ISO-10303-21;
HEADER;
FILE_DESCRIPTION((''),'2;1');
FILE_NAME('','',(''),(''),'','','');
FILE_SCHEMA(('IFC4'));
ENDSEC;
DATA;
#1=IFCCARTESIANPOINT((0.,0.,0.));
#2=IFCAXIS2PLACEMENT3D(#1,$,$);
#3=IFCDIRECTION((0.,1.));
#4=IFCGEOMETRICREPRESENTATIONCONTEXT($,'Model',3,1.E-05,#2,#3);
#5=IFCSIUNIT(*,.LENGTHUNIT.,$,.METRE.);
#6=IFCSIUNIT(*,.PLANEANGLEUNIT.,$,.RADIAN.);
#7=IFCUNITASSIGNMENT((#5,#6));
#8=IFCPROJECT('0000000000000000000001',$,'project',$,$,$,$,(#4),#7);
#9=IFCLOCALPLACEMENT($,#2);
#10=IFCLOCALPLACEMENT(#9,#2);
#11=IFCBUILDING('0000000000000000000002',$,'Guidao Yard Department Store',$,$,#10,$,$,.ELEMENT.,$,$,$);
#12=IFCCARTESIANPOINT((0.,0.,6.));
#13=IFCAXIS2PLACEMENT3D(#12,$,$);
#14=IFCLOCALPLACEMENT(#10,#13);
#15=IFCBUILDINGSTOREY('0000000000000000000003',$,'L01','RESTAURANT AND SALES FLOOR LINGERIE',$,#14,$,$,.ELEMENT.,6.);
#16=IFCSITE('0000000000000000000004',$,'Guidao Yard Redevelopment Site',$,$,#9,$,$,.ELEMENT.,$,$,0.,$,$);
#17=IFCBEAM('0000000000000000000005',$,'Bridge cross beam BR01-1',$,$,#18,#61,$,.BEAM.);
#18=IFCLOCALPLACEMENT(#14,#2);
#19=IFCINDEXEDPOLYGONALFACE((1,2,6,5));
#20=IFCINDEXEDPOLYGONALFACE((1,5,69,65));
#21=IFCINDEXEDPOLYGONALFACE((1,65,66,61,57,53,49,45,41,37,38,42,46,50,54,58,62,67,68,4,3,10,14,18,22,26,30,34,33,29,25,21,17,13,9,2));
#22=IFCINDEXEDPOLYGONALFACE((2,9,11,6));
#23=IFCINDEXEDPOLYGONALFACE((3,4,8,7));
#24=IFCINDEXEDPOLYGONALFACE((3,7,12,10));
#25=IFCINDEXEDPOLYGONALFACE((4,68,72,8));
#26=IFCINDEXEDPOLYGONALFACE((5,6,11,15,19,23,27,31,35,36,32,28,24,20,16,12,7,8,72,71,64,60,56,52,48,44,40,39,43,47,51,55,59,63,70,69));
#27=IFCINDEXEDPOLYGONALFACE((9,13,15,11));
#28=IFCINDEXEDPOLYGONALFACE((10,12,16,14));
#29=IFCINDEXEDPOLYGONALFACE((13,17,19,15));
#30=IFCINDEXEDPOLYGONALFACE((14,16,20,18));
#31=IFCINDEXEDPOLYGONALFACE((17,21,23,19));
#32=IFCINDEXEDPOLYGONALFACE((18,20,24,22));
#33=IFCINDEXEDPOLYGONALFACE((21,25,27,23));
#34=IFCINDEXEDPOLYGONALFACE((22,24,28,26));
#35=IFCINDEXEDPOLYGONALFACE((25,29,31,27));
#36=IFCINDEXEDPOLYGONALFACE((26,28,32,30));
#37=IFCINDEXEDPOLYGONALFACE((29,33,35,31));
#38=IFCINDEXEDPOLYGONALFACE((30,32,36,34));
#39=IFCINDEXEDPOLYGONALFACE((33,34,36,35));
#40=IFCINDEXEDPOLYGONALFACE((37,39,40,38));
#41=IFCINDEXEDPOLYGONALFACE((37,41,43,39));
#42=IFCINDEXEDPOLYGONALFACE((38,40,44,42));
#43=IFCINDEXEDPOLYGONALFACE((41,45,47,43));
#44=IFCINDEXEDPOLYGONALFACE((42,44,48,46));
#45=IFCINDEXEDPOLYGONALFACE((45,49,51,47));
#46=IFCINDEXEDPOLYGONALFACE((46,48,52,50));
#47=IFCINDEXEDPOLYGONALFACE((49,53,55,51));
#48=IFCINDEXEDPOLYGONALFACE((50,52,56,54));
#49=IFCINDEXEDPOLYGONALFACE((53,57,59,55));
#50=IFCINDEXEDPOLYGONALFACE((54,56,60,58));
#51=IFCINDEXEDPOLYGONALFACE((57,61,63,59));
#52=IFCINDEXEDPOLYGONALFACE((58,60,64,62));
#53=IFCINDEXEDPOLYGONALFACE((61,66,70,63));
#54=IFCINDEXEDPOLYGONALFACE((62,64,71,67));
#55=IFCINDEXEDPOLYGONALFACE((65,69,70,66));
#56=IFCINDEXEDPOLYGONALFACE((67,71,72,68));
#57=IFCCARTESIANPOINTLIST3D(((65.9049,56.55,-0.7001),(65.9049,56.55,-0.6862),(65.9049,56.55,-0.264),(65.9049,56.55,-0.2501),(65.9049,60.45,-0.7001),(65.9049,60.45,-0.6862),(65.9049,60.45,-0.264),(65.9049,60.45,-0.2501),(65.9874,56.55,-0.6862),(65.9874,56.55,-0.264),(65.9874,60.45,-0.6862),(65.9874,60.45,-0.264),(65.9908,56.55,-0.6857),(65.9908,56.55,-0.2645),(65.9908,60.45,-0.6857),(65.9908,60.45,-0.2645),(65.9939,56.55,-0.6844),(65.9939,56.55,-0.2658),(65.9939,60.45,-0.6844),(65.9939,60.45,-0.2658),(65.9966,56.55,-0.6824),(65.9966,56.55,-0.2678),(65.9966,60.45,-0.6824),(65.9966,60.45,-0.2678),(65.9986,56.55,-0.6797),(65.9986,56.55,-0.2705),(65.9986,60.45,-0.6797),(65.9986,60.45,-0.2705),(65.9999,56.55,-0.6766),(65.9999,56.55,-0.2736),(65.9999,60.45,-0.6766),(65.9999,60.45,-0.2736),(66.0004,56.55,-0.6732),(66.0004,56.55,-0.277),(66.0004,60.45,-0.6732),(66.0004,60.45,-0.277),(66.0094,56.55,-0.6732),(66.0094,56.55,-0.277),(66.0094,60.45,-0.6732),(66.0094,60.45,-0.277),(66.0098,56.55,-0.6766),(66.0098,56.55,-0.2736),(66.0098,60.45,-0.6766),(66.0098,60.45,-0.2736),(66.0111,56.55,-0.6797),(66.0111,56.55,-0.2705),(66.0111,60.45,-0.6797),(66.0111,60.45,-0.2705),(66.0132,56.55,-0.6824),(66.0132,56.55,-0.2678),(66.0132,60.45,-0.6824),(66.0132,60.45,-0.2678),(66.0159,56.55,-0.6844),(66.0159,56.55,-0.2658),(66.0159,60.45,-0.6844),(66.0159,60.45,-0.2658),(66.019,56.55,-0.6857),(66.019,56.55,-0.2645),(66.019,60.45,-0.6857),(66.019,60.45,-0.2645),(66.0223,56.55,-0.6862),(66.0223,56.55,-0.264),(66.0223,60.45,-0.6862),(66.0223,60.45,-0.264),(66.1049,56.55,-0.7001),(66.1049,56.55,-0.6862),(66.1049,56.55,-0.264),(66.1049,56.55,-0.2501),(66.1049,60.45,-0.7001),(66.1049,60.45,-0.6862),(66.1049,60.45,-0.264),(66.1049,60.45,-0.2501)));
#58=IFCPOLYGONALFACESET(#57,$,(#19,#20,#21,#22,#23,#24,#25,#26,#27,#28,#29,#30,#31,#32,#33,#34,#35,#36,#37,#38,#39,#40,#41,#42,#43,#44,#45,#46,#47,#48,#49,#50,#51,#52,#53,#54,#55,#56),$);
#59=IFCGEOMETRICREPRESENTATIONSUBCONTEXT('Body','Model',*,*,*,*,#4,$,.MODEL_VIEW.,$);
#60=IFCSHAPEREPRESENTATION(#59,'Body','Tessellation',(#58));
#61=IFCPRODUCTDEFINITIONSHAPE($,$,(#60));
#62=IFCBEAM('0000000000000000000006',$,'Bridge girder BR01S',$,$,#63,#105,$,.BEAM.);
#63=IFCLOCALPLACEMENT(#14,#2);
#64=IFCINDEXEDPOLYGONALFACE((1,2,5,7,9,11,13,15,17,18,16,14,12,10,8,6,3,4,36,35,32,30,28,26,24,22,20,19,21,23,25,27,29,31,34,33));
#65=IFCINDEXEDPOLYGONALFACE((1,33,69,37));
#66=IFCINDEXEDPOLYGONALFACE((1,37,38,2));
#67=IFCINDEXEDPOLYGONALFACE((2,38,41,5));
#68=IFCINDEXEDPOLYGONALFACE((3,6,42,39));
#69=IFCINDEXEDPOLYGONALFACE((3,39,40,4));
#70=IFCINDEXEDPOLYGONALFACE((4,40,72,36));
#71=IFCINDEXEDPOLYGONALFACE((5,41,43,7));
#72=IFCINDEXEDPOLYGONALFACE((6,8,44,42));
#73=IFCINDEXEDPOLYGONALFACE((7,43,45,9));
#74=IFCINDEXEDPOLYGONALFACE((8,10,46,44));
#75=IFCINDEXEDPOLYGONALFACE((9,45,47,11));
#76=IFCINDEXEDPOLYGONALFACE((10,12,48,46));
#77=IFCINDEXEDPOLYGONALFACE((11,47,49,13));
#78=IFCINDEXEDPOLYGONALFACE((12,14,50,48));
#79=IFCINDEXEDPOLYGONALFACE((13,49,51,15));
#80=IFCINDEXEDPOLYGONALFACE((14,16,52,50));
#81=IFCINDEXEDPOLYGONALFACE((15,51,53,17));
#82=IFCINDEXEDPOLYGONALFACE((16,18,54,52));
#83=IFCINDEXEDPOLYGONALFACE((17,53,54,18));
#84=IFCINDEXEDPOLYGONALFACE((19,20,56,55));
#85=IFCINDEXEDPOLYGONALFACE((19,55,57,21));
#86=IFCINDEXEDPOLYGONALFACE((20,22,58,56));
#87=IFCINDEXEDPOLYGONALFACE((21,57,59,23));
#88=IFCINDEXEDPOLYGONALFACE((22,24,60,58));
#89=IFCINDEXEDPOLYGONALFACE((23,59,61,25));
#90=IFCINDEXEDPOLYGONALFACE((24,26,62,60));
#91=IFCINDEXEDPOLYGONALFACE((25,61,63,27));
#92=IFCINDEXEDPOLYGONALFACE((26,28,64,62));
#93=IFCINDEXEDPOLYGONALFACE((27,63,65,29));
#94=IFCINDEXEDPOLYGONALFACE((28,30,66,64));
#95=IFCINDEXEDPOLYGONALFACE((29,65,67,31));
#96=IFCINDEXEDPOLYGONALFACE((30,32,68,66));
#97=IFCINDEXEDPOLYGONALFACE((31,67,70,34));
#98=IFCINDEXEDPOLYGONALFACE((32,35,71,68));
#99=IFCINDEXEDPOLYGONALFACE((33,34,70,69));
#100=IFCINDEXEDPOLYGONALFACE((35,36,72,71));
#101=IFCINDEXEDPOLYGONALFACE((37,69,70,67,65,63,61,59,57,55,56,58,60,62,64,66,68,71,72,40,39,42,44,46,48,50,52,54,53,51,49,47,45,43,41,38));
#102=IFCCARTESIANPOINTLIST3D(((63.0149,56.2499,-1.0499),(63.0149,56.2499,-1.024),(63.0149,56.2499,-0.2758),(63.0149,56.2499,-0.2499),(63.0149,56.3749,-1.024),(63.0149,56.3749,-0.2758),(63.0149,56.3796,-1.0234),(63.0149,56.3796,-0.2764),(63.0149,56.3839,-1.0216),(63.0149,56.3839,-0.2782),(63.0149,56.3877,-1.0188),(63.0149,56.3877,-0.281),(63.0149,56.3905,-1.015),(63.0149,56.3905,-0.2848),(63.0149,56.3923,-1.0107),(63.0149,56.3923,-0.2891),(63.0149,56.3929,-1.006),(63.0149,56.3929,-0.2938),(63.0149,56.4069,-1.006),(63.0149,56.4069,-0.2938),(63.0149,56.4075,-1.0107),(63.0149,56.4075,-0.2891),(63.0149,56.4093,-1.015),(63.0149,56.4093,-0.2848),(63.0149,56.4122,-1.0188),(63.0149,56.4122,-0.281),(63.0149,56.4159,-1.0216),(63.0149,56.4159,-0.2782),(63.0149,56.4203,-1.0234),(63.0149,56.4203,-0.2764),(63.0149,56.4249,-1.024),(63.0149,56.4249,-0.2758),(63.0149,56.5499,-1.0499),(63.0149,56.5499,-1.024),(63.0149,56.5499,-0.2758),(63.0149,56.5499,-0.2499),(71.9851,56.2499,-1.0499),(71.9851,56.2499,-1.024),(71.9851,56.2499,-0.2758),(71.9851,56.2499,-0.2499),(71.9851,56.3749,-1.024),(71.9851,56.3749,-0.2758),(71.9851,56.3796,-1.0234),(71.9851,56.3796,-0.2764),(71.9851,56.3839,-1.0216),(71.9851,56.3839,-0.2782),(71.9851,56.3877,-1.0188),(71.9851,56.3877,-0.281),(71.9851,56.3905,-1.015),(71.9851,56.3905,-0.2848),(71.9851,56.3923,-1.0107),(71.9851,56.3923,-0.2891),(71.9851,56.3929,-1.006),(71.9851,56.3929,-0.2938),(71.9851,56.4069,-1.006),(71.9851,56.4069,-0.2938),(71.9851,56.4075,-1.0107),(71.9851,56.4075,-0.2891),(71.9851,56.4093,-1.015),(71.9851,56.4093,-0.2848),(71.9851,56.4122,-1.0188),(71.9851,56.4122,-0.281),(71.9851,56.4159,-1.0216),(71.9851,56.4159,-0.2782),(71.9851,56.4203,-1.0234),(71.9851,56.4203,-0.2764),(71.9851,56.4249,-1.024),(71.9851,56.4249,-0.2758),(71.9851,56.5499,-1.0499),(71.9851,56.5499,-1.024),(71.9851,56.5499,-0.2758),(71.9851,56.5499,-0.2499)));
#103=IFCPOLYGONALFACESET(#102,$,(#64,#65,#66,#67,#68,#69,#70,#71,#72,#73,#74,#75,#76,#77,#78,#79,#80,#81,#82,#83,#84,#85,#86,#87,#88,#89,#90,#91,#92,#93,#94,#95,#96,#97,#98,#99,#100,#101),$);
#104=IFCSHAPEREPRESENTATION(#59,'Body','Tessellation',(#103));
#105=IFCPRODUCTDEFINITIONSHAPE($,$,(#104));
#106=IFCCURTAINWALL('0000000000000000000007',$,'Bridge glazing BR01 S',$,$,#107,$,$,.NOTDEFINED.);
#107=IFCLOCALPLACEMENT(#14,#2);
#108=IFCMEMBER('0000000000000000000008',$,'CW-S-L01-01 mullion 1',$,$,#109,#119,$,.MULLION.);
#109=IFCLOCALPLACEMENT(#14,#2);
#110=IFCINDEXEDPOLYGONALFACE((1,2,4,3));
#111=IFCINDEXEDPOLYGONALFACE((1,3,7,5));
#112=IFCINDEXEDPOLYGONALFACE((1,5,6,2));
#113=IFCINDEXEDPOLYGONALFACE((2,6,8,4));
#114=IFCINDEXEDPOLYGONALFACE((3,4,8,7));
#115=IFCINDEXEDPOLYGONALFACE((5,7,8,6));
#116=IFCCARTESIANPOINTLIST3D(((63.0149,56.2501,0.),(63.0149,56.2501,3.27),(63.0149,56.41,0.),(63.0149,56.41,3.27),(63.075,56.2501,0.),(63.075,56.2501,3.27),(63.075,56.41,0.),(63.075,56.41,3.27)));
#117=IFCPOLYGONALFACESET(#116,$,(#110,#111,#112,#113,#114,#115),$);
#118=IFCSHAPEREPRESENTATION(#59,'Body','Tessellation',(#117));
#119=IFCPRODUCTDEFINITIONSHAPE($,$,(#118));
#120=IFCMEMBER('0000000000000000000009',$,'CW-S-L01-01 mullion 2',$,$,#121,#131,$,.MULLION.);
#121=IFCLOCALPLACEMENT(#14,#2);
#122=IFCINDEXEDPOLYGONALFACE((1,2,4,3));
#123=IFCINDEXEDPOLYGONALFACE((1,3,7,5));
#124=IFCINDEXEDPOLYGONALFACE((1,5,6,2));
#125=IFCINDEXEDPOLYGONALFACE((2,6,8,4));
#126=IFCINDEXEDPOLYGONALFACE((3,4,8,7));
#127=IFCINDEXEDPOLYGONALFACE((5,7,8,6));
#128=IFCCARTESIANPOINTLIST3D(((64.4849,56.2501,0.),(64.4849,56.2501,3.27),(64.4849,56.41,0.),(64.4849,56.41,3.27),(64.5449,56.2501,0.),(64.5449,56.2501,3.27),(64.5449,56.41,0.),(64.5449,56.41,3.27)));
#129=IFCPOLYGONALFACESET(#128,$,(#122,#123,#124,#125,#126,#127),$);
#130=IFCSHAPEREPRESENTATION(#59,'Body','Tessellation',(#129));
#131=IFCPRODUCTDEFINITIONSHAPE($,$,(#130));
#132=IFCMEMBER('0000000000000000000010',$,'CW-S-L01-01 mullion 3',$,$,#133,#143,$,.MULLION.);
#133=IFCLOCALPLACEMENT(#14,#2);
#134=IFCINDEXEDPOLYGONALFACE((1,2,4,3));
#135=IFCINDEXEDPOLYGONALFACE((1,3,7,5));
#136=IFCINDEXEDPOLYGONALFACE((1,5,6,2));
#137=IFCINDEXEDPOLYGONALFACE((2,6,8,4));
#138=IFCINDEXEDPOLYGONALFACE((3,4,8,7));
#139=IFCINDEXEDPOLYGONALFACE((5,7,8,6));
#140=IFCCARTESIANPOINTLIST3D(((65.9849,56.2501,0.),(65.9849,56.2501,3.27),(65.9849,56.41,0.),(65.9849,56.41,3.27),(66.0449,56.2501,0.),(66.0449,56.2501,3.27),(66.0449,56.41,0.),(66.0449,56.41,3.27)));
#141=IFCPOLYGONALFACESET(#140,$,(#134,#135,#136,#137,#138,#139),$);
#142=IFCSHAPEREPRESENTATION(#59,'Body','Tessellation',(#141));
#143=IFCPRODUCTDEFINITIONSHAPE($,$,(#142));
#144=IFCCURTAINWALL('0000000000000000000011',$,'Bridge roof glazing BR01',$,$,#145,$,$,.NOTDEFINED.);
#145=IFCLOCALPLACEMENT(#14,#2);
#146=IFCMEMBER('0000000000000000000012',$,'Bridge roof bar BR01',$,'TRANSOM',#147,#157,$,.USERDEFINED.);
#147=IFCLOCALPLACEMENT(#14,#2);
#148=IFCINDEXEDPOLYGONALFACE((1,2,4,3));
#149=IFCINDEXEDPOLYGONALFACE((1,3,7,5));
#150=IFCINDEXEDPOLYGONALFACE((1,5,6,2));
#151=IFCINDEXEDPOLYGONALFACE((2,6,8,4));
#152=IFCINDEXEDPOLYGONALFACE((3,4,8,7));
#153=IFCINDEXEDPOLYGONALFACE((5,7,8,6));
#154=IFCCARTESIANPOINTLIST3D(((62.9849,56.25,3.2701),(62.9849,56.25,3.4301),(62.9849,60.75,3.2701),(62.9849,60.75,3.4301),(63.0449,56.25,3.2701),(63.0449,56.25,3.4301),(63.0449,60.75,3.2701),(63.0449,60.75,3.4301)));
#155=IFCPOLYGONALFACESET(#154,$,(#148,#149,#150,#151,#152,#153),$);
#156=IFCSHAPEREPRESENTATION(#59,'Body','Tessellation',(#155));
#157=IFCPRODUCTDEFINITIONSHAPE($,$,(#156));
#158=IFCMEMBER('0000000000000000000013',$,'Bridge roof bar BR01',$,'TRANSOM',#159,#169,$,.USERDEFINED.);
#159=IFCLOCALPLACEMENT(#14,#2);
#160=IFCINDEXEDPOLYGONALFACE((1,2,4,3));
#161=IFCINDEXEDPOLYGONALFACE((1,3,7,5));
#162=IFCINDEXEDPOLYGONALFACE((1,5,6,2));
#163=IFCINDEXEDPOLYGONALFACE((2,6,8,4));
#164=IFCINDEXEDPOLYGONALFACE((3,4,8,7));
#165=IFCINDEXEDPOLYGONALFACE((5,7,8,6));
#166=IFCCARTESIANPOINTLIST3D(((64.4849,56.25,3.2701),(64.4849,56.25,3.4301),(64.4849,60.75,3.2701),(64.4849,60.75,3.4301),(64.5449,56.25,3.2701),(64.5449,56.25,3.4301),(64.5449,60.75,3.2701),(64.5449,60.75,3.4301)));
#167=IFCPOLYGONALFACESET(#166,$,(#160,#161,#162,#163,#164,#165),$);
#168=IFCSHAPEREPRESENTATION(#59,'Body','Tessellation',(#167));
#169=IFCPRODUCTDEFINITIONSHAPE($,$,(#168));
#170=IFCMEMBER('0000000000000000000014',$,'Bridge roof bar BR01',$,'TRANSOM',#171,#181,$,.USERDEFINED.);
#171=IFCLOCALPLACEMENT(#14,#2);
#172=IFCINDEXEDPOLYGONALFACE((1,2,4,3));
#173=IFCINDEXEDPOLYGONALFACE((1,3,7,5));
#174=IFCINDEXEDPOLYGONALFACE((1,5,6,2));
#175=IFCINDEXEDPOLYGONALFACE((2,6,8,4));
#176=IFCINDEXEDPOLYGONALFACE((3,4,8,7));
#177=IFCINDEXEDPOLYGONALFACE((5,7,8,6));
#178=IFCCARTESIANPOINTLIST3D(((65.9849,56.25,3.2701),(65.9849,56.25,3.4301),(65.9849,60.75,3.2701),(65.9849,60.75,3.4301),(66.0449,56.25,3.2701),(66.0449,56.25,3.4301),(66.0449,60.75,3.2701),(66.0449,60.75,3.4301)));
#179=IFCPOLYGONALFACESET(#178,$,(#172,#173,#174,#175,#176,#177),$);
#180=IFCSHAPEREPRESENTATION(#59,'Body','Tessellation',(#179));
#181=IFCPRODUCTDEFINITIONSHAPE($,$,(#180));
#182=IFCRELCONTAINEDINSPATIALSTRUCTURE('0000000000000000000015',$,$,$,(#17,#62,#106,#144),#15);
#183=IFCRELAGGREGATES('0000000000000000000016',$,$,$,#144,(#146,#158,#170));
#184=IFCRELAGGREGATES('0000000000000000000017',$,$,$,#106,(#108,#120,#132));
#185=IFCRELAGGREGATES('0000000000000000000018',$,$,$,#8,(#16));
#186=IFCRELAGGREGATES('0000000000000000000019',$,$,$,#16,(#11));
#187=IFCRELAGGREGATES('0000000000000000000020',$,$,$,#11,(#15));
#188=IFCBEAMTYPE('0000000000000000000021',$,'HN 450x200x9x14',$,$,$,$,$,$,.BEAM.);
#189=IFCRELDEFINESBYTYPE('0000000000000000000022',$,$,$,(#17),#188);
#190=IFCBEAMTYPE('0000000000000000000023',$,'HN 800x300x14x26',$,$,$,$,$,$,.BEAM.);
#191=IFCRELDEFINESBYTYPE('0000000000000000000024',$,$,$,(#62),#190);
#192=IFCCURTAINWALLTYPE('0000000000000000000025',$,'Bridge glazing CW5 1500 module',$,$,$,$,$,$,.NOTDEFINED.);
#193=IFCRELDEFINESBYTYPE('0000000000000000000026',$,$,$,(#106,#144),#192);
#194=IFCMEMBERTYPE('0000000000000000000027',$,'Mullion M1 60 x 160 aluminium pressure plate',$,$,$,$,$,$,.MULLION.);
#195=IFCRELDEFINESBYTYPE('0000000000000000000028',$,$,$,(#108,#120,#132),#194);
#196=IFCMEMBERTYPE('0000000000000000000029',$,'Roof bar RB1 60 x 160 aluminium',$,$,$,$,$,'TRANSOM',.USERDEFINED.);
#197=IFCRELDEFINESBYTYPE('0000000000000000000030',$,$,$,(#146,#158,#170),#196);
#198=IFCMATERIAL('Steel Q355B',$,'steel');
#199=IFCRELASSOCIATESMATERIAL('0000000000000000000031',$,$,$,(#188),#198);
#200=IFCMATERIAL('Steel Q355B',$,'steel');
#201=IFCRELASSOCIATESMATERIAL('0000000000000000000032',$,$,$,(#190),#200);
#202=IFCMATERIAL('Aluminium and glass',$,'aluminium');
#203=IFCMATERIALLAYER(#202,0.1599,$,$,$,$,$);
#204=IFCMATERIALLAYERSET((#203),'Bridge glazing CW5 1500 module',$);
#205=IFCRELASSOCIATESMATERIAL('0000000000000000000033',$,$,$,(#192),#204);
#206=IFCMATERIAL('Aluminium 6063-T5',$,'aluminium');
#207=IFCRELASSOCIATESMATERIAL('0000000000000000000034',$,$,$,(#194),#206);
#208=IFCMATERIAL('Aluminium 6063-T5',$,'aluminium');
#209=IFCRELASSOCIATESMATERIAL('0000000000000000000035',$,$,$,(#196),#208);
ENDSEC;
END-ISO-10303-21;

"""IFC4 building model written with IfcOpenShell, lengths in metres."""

from ifc_helpers import new_model, si_unit, direction, frame, origin, origin_2d, place, context, subcontext, project, spatial, rectangle, i_section, extrude, material, layer, layer_set, material_profile, profile_set, type_object, element, aggregate, save


model = new_model("IFC4")

# Units and contexts
model_context = context("Model", 3, precision=1e-05, world=origin(), true_north=direction((0.0, 1.0)))
body_context = subcontext(model_context, "Body", "Model", "MODEL_VIEW")
ifc_project = project(units=[si_unit("LENGTHUNIT", "METRE"), si_unit("PLANEANGLEUNIT", "RADIAN")], contexts=[model_context])

# Site, building, storey
site_placement = place(None, origin())
site = spatial("IfcSite", under=ifc_project, at=site_placement, Name="Guidao Yard Redevelopment Site", CompositionType="ELEMENT", RefElevation=0.0)
building_placement = place(site_placement, origin())
building = spatial("IfcBuilding", under=site, at=building_placement, Name="Guidao Yard Department Store", CompositionType="ELEMENT")
storey_placement = place(building_placement, frame((0.0, 0.0, 6.0)))
storey = spatial("IfcBuildingStorey", under=building, at=storey_placement, Name="L01", Description="RESTAURANT AND SALES FLOOR LINGERIE", CompositionType="ELEMENT", Elevation=6.0)

# Beams
ifc_material_1 = material(Name="Steel Q355B", Category="steel")
ifc_material_profile_1 = material_profile(ifc_material_1, i_section(OverallWidth=0.2, OverallDepth=0.45, WebThickness=0.009, FlangeThickness=0.0139, FilletRadius=0.0129, at=origin_2d()), Name="HN 450x200x9x14")
ifc_profile_set_1 = profile_set([ifc_material_profile_1], Name="Steel Q355B")
beam_type_1 = type_object("IfcBeamType", Name="HN 450x200x9x14", PredefinedType="BEAM", material=ifc_profile_set_1)
beam_1_placement = place(storey_placement, frame((66.0049, 56.55, -0.4751), z_axis=(0.0, 1.0, 0.0), x_axis=(-1.0, 0.0, 0.0)))
element("IfcBeam", 1, at=beam_1_placement, inside=storey, type_object=beam_type_1, Name="Bridge cross beam BR01-1", PredefinedType="BEAM", context=body_context, shape_type="SweptSolid", body=[
    extrude(i_section(OverallWidth=0.2, OverallDepth=0.45, WebThickness=0.009, FlangeThickness=0.0139, FilletRadius=0.0129, at=origin_2d()), origin(), (0.0, 0.0, 1.0), 3.8999),
])
ifc_material_2 = material(Name="Steel Q355B", Category="steel")
ifc_material_profile_2 = material_profile(ifc_material_2, i_section(OverallWidth=0.3, OverallDepth=0.8, WebThickness=0.0139, FlangeThickness=0.0259, FilletRadius=0.0181, at=origin_2d()), Name="HN 800x300x14x26")
ifc_profile_set_2 = profile_set([ifc_material_profile_2], Name="Steel Q355B")
beam_type_2 = type_object("IfcBeamType", Name="HN 800x300x14x26", PredefinedType="BEAM", material=ifc_profile_set_2)
beam_2_placement = place(storey_placement, frame((63.0149, 56.3999, -0.6499), z_axis=(1.0, 0.0, 0.0), x_axis=(0.0, 1.0, 0.0)))
element("IfcBeam", 2, at=beam_2_placement, inside=storey, type_object=beam_type_2, Name="Bridge girder BR01S", PredefinedType="BEAM", context=body_context, shape_type="SweptSolid", body=[
    extrude(i_section(OverallWidth=0.3, OverallDepth=0.8, WebThickness=0.0139, FlangeThickness=0.0259, FilletRadius=0.0181, at=origin_2d()), origin(), (0.0, 0.0, 1.0), 8.9702),
])

# Curtain walls, members
ifc_material_3 = material(Name="Aluminium and glass", Category="aluminium")
ifc_layer_1 = layer(ifc_material_3, 0.1599)
ifc_layer_set_1 = layer_set([ifc_layer_1], Name="Bridge glazing CW5 1500 module")
curtain_wall_type = type_object("IfcCurtainWallType", Name="Bridge glazing CW5 1500 module", PredefinedType="NOTDEFINED", material=ifc_layer_set_1)
curtain_wall_1_placement = place(storey_placement, origin())
curtain_wall_1 = element("IfcCurtainWall", 3, at=curtain_wall_1_placement, inside=storey, type_object=curtain_wall_type, Name="Bridge glazing BR01 S", PredefinedType="NOTDEFINED")
ifc_material_4 = material(Name="Aluminium 6063-T5", Category="aluminium")
ifc_material_profile_3 = material_profile(ifc_material_4, rectangle(XDim=0.0601, YDim=0.1599, at=origin_2d()), Name="Mullion M1 60 x 160 aluminium pressure plate")
ifc_profile_set_3 = profile_set([ifc_material_profile_3], Name="Aluminium 6063-T5")
member_type_1 = type_object("IfcMemberType", Name="Mullion M1 60 x 160 aluminium pressure plate", PredefinedType="MULLION", material=ifc_profile_set_3)
member_1_placement = place(storey_placement, frame((63.0449, 56.3301, 0.0), z_axis=(0.0, 0.0, 1.0), x_axis=(-1.0, 0.0, 0.0)))
member_1 = element("IfcMember", 4, at=member_1_placement, type_object=member_type_1, Name="CW-S-L01-01 mullion 1", PredefinedType="MULLION", context=body_context, shape_type="SweptSolid", body=[
    extrude(rectangle(XDim=0.0601, YDim=0.1599, at=origin_2d()), origin(), (0.0, 0.0, 1.0), 3.27),
])
member_2_placement = place(storey_placement, frame((64.5149, 56.3301, 0.0), z_axis=(0.0, 0.0, 1.0), x_axis=(-1.0, 0.0, 0.0)))
member_2 = element("IfcMember", 5, at=member_2_placement, type_object=member_type_1, Name="CW-S-L01-01 mullion 2", PredefinedType="MULLION", context=body_context, shape_type="SweptSolid", body=[
    extrude(rectangle(XDim=0.0601, YDim=0.1599, at=origin_2d()), origin(), (0.0, 0.0, 1.0), 3.27),
])
member_3_placement = place(storey_placement, frame((66.0149, 56.3301, 0.0), z_axis=(0.0, 0.0, 1.0), x_axis=(-1.0, 0.0, 0.0)))
member_3 = element("IfcMember", 6, at=member_3_placement, type_object=member_type_1, Name="CW-S-L01-01 mullion 3", PredefinedType="MULLION", context=body_context, shape_type="SweptSolid", body=[
    extrude(rectangle(XDim=0.0601, YDim=0.1599, at=origin_2d()), origin(), (0.0, 0.0, 1.0), 3.27),
])
curtain_wall_2_placement = place(storey_placement, origin())
curtain_wall_2 = element("IfcCurtainWall", 7, at=curtain_wall_2_placement, inside=storey, type_object=curtain_wall_type, Name="Bridge roof glazing BR01", PredefinedType="NOTDEFINED")
ifc_material_5 = material(Name="Aluminium 6063-T5", Category="aluminium")
ifc_material_profile_4 = material_profile(ifc_material_5, rectangle(XDim=0.0601, YDim=0.1599, at=origin_2d()), Name="Roof bar RB1 60 x 160 aluminium")
ifc_profile_set_4 = profile_set([ifc_material_profile_4], Name="Aluminium 6063-T5")
member_type_2 = type_object("IfcMemberType", Name="Roof bar RB1 60 x 160 aluminium", ElementType="TRANSOM", PredefinedType="USERDEFINED", material=ifc_profile_set_4)
member_4_placement = place(storey_placement, frame((63.0149, 56.25, 3.3501), z_axis=(0.0, 1.0, 0.0), x_axis=(-1.0, 0.0, 0.0)))
member_4 = element("IfcMember", 8, at=member_4_placement, type_object=member_type_2, Name="Bridge roof bar BR01", ObjectType="TRANSOM", PredefinedType="USERDEFINED", context=body_context, shape_type="SweptSolid", body=[
    extrude(rectangle(XDim=0.0601, YDim=0.1599, at=origin_2d()), origin(), (0.0, 0.0, 1.0), 4.5),
])
member_5_placement = place(storey_placement, frame((64.5149, 56.25, 3.3501), z_axis=(0.0, 1.0, 0.0), x_axis=(-1.0, 0.0, 0.0)))
member_5 = element("IfcMember", 9, at=member_5_placement, type_object=member_type_2, Name="Bridge roof bar BR01", ObjectType="TRANSOM", PredefinedType="USERDEFINED", context=body_context, shape_type="SweptSolid", body=[
    extrude(rectangle(XDim=0.0601, YDim=0.1599, at=origin_2d()), origin(), (0.0, 0.0, 1.0), 4.5),
])
member_6_placement = place(storey_placement, frame((66.0149, 56.25, 3.3501), z_axis=(0.0, 1.0, 0.0), x_axis=(-1.0, 0.0, 0.0)))
member_6 = element("IfcMember", 10, at=member_6_placement, type_object=member_type_2, Name="Bridge roof bar BR01", ObjectType="TRANSOM", PredefinedType="USERDEFINED", context=body_context, shape_type="SweptSolid", body=[
    extrude(rectangle(XDim=0.0601, YDim=0.1599, at=origin_2d()), origin(), (0.0, 0.0, 1.0), 4.5),
])
aggregate(curtain_wall_2, [member_4, member_5, member_6])

aggregate(curtain_wall_1, [member_1, member_2, member_3])

save(model, "model.ifc")
